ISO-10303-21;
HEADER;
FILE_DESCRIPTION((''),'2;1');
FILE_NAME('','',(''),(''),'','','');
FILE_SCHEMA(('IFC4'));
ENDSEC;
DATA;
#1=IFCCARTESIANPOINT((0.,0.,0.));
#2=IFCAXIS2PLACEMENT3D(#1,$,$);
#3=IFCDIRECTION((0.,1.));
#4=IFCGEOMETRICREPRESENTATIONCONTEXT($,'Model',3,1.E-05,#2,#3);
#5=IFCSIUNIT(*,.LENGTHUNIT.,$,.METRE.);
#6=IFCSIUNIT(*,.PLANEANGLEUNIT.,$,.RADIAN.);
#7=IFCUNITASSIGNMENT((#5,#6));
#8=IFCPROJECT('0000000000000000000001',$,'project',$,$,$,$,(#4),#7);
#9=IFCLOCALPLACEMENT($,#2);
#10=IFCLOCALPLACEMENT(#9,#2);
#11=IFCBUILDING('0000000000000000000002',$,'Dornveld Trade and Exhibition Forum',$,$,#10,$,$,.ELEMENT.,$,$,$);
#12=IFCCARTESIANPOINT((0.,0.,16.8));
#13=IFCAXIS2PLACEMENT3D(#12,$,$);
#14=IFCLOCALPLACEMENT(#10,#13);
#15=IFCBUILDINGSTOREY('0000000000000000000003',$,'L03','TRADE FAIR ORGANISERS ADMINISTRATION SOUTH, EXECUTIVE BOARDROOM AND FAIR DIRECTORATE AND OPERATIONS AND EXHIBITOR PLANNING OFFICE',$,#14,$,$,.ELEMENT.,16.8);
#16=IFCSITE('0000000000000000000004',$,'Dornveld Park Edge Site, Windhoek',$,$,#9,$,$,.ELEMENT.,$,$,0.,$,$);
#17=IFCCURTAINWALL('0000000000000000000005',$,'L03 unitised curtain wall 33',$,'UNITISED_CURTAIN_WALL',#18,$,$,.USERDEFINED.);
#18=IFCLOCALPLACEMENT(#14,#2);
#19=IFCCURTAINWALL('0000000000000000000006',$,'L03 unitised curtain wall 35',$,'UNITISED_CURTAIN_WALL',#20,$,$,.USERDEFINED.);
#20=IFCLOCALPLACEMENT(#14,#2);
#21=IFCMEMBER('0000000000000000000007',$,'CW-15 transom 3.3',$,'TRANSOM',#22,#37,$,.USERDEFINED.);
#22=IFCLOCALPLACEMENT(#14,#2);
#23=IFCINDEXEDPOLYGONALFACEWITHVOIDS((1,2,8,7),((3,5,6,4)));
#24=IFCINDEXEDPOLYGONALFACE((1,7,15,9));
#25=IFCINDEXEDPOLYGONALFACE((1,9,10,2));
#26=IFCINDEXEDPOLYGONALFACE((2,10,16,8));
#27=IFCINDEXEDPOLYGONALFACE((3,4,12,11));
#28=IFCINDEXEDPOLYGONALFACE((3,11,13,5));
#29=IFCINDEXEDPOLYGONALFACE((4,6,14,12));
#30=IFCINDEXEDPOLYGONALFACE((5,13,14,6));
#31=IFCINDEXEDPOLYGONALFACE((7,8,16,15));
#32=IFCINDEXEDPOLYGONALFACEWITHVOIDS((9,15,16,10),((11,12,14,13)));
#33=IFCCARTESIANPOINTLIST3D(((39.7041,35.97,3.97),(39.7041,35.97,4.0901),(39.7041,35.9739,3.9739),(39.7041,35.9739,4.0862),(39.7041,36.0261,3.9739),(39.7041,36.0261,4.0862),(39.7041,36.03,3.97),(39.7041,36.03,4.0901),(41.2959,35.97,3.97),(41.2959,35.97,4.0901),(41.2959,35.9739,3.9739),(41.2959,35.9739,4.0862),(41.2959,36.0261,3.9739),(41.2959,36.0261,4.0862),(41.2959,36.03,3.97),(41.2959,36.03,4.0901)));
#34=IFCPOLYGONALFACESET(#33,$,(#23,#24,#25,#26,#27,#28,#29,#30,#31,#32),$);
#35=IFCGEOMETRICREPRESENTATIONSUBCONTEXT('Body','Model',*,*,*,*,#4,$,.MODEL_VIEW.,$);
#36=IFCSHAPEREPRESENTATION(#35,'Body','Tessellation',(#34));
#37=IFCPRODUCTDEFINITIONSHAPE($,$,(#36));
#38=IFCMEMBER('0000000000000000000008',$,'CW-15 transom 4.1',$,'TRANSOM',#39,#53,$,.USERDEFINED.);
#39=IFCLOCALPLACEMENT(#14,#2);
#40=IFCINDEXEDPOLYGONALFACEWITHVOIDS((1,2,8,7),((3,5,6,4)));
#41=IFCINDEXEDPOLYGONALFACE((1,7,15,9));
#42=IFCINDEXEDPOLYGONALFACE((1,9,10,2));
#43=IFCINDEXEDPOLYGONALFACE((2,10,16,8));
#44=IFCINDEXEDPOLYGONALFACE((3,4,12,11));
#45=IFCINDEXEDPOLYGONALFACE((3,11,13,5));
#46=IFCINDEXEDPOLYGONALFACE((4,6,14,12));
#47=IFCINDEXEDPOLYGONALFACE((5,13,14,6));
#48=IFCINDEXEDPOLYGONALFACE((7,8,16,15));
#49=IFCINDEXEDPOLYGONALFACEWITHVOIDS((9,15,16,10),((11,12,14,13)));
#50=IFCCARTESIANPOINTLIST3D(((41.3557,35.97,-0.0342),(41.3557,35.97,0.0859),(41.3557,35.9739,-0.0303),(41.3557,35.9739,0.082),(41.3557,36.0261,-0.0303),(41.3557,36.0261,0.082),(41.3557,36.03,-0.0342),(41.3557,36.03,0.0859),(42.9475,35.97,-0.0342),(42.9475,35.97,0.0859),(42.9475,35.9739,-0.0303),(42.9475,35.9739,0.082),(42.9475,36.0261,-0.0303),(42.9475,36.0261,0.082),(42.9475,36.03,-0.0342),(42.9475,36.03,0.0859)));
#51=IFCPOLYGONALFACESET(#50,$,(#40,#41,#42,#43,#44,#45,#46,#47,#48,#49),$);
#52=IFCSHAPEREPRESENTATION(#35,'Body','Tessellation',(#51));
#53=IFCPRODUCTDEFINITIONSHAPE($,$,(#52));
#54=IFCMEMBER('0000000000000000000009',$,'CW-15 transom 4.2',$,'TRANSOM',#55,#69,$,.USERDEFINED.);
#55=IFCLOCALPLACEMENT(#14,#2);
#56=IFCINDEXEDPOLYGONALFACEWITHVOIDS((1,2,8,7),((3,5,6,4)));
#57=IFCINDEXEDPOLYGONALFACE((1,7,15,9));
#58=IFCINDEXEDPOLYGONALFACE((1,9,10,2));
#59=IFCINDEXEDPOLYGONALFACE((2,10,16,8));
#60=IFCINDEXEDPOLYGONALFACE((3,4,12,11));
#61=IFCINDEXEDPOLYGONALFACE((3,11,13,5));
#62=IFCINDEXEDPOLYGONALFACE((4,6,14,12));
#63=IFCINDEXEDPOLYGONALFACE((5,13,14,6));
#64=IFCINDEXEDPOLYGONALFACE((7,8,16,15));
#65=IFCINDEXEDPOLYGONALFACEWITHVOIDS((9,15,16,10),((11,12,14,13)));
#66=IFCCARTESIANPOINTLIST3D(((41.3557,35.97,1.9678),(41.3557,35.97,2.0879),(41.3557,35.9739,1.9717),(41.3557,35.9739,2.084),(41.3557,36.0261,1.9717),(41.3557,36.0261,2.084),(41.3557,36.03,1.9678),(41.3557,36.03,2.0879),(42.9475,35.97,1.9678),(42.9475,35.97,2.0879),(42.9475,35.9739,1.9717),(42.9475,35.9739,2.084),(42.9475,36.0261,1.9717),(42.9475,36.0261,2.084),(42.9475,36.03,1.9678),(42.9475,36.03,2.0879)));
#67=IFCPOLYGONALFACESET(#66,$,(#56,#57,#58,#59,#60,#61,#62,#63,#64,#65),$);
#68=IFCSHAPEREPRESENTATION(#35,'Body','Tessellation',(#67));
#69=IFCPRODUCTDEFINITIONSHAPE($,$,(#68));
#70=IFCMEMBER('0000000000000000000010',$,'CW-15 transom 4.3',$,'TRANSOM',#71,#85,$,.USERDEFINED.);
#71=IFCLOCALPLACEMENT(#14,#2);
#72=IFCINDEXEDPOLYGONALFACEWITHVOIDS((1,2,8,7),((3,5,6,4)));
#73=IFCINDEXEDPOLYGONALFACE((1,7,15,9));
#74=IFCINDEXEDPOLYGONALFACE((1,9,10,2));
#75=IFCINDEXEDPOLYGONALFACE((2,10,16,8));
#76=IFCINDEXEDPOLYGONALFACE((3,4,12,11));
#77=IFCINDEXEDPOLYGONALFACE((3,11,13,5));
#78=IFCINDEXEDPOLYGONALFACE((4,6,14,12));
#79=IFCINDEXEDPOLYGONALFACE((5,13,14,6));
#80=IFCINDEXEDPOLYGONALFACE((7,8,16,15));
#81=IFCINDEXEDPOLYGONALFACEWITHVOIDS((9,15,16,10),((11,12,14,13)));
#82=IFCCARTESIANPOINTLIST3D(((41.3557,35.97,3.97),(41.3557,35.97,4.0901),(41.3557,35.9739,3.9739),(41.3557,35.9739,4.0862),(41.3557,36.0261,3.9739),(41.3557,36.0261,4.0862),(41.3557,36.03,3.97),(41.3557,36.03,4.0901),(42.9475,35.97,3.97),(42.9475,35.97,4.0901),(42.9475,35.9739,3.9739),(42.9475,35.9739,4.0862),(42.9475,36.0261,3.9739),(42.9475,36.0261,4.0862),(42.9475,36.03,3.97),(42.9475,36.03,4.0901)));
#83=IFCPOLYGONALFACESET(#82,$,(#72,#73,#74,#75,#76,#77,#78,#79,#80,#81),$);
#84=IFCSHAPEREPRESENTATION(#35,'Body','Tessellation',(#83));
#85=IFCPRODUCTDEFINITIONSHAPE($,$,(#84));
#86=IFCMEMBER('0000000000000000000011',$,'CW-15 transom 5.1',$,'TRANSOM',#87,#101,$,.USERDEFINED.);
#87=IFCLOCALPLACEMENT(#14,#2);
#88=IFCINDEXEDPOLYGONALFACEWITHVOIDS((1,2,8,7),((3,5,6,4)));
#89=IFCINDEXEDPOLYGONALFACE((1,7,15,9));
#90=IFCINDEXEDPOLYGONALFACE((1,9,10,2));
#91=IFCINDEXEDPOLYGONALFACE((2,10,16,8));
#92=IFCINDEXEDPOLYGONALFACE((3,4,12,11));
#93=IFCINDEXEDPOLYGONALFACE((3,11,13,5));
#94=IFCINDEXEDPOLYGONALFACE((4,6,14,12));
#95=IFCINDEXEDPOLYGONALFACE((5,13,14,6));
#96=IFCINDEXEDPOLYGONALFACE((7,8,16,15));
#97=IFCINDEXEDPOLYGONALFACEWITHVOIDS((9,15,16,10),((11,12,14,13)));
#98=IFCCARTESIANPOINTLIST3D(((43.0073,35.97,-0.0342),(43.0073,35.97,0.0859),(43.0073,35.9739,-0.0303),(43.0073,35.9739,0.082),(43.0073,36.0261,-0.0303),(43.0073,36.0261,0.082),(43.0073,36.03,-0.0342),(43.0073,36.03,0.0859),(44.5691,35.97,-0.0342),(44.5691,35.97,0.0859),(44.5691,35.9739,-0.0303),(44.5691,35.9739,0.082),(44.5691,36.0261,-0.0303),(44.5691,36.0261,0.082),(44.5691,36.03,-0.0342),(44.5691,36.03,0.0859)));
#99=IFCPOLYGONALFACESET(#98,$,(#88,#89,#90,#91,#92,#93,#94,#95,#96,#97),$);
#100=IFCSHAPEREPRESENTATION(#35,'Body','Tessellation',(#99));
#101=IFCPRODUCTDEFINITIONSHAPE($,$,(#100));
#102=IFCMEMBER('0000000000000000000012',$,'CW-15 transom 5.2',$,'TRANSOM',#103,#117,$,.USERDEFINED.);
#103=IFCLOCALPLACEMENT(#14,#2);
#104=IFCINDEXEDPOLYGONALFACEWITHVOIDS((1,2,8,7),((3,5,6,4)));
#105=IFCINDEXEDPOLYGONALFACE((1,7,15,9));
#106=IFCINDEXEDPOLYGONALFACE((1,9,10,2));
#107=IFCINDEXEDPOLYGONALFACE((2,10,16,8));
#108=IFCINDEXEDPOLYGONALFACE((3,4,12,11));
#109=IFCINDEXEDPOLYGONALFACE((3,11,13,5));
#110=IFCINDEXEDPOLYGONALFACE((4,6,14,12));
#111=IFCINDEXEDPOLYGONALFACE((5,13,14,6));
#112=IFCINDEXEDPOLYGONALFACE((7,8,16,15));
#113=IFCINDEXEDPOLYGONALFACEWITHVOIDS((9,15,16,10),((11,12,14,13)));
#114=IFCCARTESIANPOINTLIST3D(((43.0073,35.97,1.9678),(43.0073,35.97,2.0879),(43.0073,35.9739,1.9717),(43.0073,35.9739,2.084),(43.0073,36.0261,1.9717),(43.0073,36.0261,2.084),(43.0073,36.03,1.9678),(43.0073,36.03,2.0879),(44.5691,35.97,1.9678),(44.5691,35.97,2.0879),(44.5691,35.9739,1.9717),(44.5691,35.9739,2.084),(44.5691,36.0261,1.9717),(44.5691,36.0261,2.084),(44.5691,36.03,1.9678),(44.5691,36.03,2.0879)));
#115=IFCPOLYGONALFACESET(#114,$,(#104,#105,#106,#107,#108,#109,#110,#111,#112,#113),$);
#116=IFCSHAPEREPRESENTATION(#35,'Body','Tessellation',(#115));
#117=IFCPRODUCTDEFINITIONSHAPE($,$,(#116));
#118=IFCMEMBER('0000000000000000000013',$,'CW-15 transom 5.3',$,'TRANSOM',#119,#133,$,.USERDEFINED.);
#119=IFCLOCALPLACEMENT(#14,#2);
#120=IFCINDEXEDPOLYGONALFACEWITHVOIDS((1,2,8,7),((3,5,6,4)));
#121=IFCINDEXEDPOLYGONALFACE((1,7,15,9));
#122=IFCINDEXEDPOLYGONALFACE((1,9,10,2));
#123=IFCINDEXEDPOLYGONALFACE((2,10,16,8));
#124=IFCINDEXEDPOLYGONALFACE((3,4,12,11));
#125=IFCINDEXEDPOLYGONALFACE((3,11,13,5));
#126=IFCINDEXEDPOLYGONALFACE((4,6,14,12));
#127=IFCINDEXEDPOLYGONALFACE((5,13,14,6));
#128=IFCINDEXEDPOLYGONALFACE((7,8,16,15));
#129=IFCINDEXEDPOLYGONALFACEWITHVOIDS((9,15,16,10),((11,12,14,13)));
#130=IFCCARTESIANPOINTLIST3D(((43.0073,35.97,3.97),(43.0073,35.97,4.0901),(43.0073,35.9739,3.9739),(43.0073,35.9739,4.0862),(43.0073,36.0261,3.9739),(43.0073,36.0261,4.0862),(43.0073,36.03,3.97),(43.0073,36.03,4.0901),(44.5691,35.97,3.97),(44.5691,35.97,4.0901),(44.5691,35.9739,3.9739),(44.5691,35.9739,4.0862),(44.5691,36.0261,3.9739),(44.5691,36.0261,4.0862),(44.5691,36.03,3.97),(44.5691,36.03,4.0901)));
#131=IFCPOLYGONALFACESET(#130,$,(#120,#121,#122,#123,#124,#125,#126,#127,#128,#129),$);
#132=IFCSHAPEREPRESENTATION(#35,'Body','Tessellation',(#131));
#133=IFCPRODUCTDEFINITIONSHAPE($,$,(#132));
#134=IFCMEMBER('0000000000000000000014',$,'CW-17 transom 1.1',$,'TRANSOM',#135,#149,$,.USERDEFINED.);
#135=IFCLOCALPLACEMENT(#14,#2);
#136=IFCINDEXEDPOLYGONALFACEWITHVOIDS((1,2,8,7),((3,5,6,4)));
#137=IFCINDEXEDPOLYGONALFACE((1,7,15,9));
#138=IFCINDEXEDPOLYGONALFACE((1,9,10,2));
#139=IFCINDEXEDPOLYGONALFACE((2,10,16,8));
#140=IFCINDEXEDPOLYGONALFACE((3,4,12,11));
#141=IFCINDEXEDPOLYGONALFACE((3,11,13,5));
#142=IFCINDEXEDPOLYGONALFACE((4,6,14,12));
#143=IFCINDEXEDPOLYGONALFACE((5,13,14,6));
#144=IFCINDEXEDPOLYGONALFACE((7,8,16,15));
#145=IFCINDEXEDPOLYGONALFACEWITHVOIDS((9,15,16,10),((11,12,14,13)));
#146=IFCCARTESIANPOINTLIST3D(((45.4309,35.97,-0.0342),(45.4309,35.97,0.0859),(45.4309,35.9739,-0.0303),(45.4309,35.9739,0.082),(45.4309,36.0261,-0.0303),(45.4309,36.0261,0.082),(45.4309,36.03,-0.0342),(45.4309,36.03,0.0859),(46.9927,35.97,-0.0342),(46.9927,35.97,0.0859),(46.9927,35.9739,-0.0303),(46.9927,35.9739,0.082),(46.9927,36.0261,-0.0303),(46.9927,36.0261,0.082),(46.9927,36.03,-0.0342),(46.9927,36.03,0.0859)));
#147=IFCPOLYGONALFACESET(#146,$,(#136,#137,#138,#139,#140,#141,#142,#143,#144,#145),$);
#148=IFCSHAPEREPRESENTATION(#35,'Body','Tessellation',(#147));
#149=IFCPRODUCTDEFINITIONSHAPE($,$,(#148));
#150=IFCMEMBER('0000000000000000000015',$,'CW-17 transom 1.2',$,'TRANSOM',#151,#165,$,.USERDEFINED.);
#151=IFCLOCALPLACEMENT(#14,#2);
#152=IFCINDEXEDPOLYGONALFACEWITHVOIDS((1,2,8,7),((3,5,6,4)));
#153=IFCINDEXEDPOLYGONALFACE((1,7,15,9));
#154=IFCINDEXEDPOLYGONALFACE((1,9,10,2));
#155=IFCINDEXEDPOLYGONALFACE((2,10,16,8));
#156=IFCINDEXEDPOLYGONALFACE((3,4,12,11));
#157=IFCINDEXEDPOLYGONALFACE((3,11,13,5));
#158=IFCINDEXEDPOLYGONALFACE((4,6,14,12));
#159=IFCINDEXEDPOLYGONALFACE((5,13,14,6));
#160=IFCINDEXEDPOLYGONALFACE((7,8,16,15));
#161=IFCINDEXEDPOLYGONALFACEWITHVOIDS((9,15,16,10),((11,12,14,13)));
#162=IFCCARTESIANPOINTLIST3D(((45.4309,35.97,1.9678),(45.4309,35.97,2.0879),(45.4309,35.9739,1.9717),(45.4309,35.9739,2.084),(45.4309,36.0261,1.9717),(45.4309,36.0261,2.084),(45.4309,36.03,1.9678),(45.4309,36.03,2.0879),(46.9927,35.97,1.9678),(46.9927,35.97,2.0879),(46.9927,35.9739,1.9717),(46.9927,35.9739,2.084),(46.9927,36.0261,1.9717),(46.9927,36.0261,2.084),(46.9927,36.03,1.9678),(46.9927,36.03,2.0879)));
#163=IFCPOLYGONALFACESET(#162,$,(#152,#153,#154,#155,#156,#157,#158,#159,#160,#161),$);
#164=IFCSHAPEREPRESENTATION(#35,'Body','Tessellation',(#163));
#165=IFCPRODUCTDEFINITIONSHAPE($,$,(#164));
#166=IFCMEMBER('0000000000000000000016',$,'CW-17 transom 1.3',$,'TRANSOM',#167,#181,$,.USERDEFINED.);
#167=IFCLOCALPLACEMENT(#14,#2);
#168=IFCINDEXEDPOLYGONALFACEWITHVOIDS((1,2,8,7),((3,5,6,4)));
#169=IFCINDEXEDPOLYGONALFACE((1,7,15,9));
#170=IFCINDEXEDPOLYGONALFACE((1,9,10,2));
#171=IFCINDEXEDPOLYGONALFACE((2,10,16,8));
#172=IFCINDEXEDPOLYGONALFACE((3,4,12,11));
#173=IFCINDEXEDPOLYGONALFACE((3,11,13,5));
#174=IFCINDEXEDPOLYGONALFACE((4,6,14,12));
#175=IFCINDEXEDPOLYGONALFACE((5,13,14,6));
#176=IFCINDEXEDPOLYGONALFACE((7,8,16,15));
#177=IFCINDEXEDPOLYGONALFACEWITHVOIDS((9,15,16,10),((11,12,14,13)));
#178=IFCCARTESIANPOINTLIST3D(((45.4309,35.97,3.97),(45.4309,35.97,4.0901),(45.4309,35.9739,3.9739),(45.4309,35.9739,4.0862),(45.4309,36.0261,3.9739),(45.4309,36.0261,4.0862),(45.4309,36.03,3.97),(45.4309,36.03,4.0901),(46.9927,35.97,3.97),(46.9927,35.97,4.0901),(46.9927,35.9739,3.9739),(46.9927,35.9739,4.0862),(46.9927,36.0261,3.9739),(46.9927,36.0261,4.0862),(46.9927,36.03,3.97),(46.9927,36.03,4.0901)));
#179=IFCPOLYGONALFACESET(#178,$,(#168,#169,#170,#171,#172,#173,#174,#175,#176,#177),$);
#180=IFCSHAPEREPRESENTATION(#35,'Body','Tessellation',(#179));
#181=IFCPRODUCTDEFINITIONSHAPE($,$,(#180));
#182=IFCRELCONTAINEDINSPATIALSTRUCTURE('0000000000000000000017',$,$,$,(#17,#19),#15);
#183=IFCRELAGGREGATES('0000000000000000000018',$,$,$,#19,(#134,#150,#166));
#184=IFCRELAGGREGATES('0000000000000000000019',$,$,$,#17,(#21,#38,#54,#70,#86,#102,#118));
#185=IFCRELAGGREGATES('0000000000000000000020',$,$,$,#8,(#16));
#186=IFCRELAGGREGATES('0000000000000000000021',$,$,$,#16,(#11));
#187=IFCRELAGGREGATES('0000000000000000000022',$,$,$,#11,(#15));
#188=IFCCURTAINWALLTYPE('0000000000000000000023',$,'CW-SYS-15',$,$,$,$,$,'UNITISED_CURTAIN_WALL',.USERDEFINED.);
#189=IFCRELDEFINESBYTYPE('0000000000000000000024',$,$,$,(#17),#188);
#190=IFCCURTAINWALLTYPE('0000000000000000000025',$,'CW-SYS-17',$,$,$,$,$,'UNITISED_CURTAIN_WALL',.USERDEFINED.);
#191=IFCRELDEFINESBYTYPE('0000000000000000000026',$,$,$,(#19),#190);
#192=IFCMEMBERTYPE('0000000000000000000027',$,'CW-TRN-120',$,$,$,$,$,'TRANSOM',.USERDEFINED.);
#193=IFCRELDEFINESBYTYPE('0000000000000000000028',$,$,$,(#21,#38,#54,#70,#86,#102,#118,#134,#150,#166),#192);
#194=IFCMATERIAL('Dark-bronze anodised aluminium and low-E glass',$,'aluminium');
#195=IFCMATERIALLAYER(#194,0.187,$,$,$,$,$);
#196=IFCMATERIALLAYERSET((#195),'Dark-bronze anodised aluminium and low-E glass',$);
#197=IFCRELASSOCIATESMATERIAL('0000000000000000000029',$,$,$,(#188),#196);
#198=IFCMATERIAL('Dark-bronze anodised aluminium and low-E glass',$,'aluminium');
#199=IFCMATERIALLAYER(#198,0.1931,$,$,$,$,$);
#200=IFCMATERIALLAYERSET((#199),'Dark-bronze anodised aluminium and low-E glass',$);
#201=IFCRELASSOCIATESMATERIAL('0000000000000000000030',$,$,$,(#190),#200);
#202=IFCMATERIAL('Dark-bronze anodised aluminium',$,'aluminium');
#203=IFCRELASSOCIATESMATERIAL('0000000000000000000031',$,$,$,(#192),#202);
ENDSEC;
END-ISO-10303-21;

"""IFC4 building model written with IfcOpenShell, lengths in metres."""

from ifc_helpers import new_model, si_unit, direction, frame, origin, origin_2d, place, context, subcontext, project, spatial, hollow_rectangle, extrude, material, layer, layer_set, material_profile, profile_set, type_object, element, aggregate, save


model = new_model("IFC4")

# Units and contexts
model_context = context("Model", 3, precision=1e-05, world=origin(), true_north=direction((0.0, 1.0)))
body_context = subcontext(model_context, "Body", "Model", "MODEL_VIEW")
ifc_project = project(units=[si_unit("LENGTHUNIT", "METRE"), si_unit("PLANEANGLEUNIT", "RADIAN")], contexts=[model_context])

# Site, building, storey
site_placement = place(None, origin())
site = spatial("IfcSite", under=ifc_project, at=site_placement, Name="Dornveld Park Edge Site, Windhoek", CompositionType="ELEMENT", RefElevation=0.0)
building_placement = place(site_placement, origin())
building = spatial("IfcBuilding", under=site, at=building_placement, Name="Dornveld Trade and Exhibition Forum", CompositionType="ELEMENT")
storey_placement = place(building_placement, frame((0.0, 0.0, 16.8)))
storey = spatial("IfcBuildingStorey", under=building, at=storey_placement, Name="L03", Description="TRADE FAIR ORGANISERS ADMINISTRATION SOUTH, EXECUTIVE BOARDROOM AND FAIR DIRECTORATE AND OPERATIONS AND EXHIBITOR PLANNING OFFICE", CompositionType="ELEMENT", Elevation=16.8)

# Curtain wall
ifc_material_1 = material(Name="Dark-bronze anodised aluminium and low-E glass", Category="aluminium")
ifc_layer_1 = layer(ifc_material_1, 0.187)
ifc_layer_set_1 = layer_set([ifc_layer_1], Name="Dark-bronze anodised aluminium and low-E glass")
curtain_wall_type_1 = type_object("IfcCurtainWallType", Name="CW-SYS-15", ElementType="UNITISED_CURTAIN_WALL", PredefinedType="USERDEFINED", material=ifc_layer_set_1)
curtain_wall_1_placement = place(storey_placement, origin())
curtain_wall_1 = element("IfcCurtainWall", 1, at=curtain_wall_1_placement, inside=storey, type_object=curtain_wall_type_1, Name="L03 unitised curtain wall 33", ObjectType="UNITISED_CURTAIN_WALL", PredefinedType="USERDEFINED")

# Curtain wall
ifc_material_2 = material(Name="Dark-bronze anodised aluminium and low-E glass", Category="aluminium")
ifc_layer_2 = layer(ifc_material_2, 0.1931)
ifc_layer_set_2 = layer_set([ifc_layer_2], Name="Dark-bronze anodised aluminium and low-E glass")
curtain_wall_type_2 = type_object("IfcCurtainWallType", Name="CW-SYS-17", ElementType="UNITISED_CURTAIN_WALL", PredefinedType="USERDEFINED", material=ifc_layer_set_2)
curtain_wall_2_placement = place(storey_placement, origin())
curtain_wall_2 = element("IfcCurtainWall", 2, at=curtain_wall_2_placement, inside=storey, type_object=curtain_wall_type_2, Name="L03 unitised curtain wall 35", ObjectType="UNITISED_CURTAIN_WALL", PredefinedType="USERDEFINED")

# Members
ifc_material_3 = material(Name="Dark-bronze anodised aluminium", Category="aluminium")
ifc_material_profile_1 = material_profile(ifc_material_3, hollow_rectangle(XDim=0.0601, YDim=0.1201, WallThickness=0.0039, at=origin_2d()), Name="RHS 120x60x4")
ifc_profile_set_1 = profile_set([ifc_material_profile_1], Name="Dark-bronze anodised aluminium")
member_type_1 = type_object("IfcMemberType", Name="CW-TRN-120", ElementType="TRANSOM", PredefinedType="USERDEFINED", material=ifc_profile_set_1)
member_1_placement = place(storey_placement, frame((39.7041, 36.0, 4.03), z_axis=(1.0, 0.0, 0.0), x_axis=(0.0, 1.0, 0.0)))
member_1 = element("IfcMember", 3, at=member_1_placement, type_object=member_type_1, Name="CW-15 transom 3.3", ObjectType="TRANSOM", PredefinedType="USERDEFINED", context=body_context, shape_type="SweptSolid", body=[
    extrude(hollow_rectangle(XDim=0.0601, YDim=0.1201, WallThickness=0.0039, at=origin_2d()), origin(), (0.0, 0.0, 1.0), 1.5918),
])
member_2_placement = place(storey_placement, frame((41.3557, 36.0, 0.0259), z_axis=(1.0, 0.0, 0.0), x_axis=(0.0, 1.0, 0.0)))
member_2 = element("IfcMember", 4, at=member_2_placement, type_object=member_type_1, Name="CW-15 transom 4.1", ObjectType="TRANSOM", PredefinedType="USERDEFINED", context=body_context, shape_type="SweptSolid", body=[
    extrude(hollow_rectangle(XDim=0.0601, YDim=0.1201, WallThickness=0.0039, at=origin_2d()), origin(), (0.0, 0.0, 1.0), 1.5918),
])
member_3_placement = place(storey_placement, frame((41.3557, 36.0, 2.0278), z_axis=(1.0, 0.0, 0.0), x_axis=(0.0, 1.0, 0.0)))
member_3 = element("IfcMember", 5, at=member_3_placement, type_object=member_type_1, Name="CW-15 transom 4.2", ObjectType="TRANSOM", PredefinedType="USERDEFINED", context=body_context, shape_type="SweptSolid", body=[
    extrude(hollow_rectangle(XDim=0.0601, YDim=0.1201, WallThickness=0.0039, at=origin_2d()), origin(), (0.0, 0.0, 1.0), 1.5918),
])
member_4_placement = place(storey_placement, frame((41.3557, 36.0, 4.03), z_axis=(1.0, 0.0, 0.0), x_axis=(0.0, 1.0, 0.0)))
member_4 = element("IfcMember", 6, at=member_4_placement, type_object=member_type_1, Name="CW-15 transom 4.3", ObjectType="TRANSOM", PredefinedType="USERDEFINED", context=body_context, shape_type="SweptSolid", body=[
    extrude(hollow_rectangle(XDim=0.0601, YDim=0.1201, WallThickness=0.0039, at=origin_2d()), origin(), (0.0, 0.0, 1.0), 1.5918),
])
member_5_placement = place(storey_placement, frame((43.0073, 36.0, 0.0259), z_axis=(1.0, 0.0, 0.0), x_axis=(0.0, 1.0, 0.0)))
member_5 = element("IfcMember", 7, at=member_5_placement, type_object=member_type_1, Name="CW-15 transom 5.1", ObjectType="TRANSOM", PredefinedType="USERDEFINED", context=body_context, shape_type="SweptSolid", body=[
    extrude(hollow_rectangle(XDim=0.0601, YDim=0.1201, WallThickness=0.0039, at=origin_2d()), origin(), (0.0, 0.0, 1.0), 1.5618),
])
member_6_placement = place(storey_placement, frame((43.0073, 36.0, 2.0278), z_axis=(1.0, 0.0, 0.0), x_axis=(0.0, 1.0, 0.0)))
member_6 = element("IfcMember", 8, at=member_6_placement, type_object=member_type_1, Name="CW-15 transom 5.2", ObjectType="TRANSOM", PredefinedType="USERDEFINED", context=body_context, shape_type="SweptSolid", body=[
    extrude(hollow_rectangle(XDim=0.0601, YDim=0.1201, WallThickness=0.0039, at=origin_2d()), origin(), (0.0, 0.0, 1.0), 1.5618),
])
member_7_placement = place(storey_placement, frame((43.0073, 36.0, 4.03), z_axis=(1.0, 0.0, 0.0), x_axis=(0.0, 1.0, 0.0)))
member_7 = element("IfcMember", 9, at=member_7_placement, type_object=member_type_1, Name="CW-15 transom 5.3", ObjectType="TRANSOM", PredefinedType="USERDEFINED", context=body_context, shape_type="SweptSolid", body=[
    extrude(hollow_rectangle(XDim=0.0601, YDim=0.1201, WallThickness=0.0039, at=origin_2d()), origin(), (0.0, 0.0, 1.0), 1.5618),
])
member_8_placement = place(storey_placement, frame((45.4309, 36.0, 0.0259), z_axis=(1.0, 0.0, 0.0), x_axis=(0.0, 1.0, 0.0)))
member_8 = element("IfcMember", 10, at=member_8_placement, type_object=member_type_1, Name="CW-17 transom 1.1", ObjectType="TRANSOM", PredefinedType="USERDEFINED", context=body_context, shape_type="SweptSolid", body=[
    extrude(hollow_rectangle(XDim=0.0601, YDim=0.1201, WallThickness=0.0039, at=origin_2d()), origin(), (0.0, 0.0, 1.0), 1.5618),
])
member_9_placement = place(storey_placement, frame((45.4309, 36.0, 2.0278), z_axis=(1.0, 0.0, 0.0), x_axis=(0.0, 1.0, 0.0)))
member_9 = element("IfcMember", 11, at=member_9_placement, type_object=member_type_1, Name="CW-17 transom 1.2", ObjectType="TRANSOM", PredefinedType="USERDEFINED", context=body_context, shape_type="SweptSolid", body=[
    extrude(hollow_rectangle(XDim=0.0601, YDim=0.1201, WallThickness=0.0039, at=origin_2d()), origin(), (0.0, 0.0, 1.0), 1.5618),
])
member_10_placement = place(storey_placement, frame((45.4309, 36.0, 4.03), z_axis=(1.0, 0.0, 0.0), x_axis=(0.0, 1.0, 0.0)))
member_10 = element("IfcMember", 12, at=member_10_placement, type_object=member_type_1, Name="CW-17 transom 1.3", ObjectType="TRANSOM", PredefinedType="USERDEFINED", context=body_context, shape_type="SweptSolid", body=[
    extrude(hollow_rectangle(XDim=0.0601, YDim=0.1201, WallThickness=0.0039, at=origin_2d()), origin(), (0.0, 0.0, 1.0), 1.5618),
])
aggregate(curtain_wall_2, [member_8, member_9, member_10])

aggregate(curtain_wall_1, [member_1, member_2, member_3, member_4, member_5, member_6, member_7])

save(model, "model.ifc")
